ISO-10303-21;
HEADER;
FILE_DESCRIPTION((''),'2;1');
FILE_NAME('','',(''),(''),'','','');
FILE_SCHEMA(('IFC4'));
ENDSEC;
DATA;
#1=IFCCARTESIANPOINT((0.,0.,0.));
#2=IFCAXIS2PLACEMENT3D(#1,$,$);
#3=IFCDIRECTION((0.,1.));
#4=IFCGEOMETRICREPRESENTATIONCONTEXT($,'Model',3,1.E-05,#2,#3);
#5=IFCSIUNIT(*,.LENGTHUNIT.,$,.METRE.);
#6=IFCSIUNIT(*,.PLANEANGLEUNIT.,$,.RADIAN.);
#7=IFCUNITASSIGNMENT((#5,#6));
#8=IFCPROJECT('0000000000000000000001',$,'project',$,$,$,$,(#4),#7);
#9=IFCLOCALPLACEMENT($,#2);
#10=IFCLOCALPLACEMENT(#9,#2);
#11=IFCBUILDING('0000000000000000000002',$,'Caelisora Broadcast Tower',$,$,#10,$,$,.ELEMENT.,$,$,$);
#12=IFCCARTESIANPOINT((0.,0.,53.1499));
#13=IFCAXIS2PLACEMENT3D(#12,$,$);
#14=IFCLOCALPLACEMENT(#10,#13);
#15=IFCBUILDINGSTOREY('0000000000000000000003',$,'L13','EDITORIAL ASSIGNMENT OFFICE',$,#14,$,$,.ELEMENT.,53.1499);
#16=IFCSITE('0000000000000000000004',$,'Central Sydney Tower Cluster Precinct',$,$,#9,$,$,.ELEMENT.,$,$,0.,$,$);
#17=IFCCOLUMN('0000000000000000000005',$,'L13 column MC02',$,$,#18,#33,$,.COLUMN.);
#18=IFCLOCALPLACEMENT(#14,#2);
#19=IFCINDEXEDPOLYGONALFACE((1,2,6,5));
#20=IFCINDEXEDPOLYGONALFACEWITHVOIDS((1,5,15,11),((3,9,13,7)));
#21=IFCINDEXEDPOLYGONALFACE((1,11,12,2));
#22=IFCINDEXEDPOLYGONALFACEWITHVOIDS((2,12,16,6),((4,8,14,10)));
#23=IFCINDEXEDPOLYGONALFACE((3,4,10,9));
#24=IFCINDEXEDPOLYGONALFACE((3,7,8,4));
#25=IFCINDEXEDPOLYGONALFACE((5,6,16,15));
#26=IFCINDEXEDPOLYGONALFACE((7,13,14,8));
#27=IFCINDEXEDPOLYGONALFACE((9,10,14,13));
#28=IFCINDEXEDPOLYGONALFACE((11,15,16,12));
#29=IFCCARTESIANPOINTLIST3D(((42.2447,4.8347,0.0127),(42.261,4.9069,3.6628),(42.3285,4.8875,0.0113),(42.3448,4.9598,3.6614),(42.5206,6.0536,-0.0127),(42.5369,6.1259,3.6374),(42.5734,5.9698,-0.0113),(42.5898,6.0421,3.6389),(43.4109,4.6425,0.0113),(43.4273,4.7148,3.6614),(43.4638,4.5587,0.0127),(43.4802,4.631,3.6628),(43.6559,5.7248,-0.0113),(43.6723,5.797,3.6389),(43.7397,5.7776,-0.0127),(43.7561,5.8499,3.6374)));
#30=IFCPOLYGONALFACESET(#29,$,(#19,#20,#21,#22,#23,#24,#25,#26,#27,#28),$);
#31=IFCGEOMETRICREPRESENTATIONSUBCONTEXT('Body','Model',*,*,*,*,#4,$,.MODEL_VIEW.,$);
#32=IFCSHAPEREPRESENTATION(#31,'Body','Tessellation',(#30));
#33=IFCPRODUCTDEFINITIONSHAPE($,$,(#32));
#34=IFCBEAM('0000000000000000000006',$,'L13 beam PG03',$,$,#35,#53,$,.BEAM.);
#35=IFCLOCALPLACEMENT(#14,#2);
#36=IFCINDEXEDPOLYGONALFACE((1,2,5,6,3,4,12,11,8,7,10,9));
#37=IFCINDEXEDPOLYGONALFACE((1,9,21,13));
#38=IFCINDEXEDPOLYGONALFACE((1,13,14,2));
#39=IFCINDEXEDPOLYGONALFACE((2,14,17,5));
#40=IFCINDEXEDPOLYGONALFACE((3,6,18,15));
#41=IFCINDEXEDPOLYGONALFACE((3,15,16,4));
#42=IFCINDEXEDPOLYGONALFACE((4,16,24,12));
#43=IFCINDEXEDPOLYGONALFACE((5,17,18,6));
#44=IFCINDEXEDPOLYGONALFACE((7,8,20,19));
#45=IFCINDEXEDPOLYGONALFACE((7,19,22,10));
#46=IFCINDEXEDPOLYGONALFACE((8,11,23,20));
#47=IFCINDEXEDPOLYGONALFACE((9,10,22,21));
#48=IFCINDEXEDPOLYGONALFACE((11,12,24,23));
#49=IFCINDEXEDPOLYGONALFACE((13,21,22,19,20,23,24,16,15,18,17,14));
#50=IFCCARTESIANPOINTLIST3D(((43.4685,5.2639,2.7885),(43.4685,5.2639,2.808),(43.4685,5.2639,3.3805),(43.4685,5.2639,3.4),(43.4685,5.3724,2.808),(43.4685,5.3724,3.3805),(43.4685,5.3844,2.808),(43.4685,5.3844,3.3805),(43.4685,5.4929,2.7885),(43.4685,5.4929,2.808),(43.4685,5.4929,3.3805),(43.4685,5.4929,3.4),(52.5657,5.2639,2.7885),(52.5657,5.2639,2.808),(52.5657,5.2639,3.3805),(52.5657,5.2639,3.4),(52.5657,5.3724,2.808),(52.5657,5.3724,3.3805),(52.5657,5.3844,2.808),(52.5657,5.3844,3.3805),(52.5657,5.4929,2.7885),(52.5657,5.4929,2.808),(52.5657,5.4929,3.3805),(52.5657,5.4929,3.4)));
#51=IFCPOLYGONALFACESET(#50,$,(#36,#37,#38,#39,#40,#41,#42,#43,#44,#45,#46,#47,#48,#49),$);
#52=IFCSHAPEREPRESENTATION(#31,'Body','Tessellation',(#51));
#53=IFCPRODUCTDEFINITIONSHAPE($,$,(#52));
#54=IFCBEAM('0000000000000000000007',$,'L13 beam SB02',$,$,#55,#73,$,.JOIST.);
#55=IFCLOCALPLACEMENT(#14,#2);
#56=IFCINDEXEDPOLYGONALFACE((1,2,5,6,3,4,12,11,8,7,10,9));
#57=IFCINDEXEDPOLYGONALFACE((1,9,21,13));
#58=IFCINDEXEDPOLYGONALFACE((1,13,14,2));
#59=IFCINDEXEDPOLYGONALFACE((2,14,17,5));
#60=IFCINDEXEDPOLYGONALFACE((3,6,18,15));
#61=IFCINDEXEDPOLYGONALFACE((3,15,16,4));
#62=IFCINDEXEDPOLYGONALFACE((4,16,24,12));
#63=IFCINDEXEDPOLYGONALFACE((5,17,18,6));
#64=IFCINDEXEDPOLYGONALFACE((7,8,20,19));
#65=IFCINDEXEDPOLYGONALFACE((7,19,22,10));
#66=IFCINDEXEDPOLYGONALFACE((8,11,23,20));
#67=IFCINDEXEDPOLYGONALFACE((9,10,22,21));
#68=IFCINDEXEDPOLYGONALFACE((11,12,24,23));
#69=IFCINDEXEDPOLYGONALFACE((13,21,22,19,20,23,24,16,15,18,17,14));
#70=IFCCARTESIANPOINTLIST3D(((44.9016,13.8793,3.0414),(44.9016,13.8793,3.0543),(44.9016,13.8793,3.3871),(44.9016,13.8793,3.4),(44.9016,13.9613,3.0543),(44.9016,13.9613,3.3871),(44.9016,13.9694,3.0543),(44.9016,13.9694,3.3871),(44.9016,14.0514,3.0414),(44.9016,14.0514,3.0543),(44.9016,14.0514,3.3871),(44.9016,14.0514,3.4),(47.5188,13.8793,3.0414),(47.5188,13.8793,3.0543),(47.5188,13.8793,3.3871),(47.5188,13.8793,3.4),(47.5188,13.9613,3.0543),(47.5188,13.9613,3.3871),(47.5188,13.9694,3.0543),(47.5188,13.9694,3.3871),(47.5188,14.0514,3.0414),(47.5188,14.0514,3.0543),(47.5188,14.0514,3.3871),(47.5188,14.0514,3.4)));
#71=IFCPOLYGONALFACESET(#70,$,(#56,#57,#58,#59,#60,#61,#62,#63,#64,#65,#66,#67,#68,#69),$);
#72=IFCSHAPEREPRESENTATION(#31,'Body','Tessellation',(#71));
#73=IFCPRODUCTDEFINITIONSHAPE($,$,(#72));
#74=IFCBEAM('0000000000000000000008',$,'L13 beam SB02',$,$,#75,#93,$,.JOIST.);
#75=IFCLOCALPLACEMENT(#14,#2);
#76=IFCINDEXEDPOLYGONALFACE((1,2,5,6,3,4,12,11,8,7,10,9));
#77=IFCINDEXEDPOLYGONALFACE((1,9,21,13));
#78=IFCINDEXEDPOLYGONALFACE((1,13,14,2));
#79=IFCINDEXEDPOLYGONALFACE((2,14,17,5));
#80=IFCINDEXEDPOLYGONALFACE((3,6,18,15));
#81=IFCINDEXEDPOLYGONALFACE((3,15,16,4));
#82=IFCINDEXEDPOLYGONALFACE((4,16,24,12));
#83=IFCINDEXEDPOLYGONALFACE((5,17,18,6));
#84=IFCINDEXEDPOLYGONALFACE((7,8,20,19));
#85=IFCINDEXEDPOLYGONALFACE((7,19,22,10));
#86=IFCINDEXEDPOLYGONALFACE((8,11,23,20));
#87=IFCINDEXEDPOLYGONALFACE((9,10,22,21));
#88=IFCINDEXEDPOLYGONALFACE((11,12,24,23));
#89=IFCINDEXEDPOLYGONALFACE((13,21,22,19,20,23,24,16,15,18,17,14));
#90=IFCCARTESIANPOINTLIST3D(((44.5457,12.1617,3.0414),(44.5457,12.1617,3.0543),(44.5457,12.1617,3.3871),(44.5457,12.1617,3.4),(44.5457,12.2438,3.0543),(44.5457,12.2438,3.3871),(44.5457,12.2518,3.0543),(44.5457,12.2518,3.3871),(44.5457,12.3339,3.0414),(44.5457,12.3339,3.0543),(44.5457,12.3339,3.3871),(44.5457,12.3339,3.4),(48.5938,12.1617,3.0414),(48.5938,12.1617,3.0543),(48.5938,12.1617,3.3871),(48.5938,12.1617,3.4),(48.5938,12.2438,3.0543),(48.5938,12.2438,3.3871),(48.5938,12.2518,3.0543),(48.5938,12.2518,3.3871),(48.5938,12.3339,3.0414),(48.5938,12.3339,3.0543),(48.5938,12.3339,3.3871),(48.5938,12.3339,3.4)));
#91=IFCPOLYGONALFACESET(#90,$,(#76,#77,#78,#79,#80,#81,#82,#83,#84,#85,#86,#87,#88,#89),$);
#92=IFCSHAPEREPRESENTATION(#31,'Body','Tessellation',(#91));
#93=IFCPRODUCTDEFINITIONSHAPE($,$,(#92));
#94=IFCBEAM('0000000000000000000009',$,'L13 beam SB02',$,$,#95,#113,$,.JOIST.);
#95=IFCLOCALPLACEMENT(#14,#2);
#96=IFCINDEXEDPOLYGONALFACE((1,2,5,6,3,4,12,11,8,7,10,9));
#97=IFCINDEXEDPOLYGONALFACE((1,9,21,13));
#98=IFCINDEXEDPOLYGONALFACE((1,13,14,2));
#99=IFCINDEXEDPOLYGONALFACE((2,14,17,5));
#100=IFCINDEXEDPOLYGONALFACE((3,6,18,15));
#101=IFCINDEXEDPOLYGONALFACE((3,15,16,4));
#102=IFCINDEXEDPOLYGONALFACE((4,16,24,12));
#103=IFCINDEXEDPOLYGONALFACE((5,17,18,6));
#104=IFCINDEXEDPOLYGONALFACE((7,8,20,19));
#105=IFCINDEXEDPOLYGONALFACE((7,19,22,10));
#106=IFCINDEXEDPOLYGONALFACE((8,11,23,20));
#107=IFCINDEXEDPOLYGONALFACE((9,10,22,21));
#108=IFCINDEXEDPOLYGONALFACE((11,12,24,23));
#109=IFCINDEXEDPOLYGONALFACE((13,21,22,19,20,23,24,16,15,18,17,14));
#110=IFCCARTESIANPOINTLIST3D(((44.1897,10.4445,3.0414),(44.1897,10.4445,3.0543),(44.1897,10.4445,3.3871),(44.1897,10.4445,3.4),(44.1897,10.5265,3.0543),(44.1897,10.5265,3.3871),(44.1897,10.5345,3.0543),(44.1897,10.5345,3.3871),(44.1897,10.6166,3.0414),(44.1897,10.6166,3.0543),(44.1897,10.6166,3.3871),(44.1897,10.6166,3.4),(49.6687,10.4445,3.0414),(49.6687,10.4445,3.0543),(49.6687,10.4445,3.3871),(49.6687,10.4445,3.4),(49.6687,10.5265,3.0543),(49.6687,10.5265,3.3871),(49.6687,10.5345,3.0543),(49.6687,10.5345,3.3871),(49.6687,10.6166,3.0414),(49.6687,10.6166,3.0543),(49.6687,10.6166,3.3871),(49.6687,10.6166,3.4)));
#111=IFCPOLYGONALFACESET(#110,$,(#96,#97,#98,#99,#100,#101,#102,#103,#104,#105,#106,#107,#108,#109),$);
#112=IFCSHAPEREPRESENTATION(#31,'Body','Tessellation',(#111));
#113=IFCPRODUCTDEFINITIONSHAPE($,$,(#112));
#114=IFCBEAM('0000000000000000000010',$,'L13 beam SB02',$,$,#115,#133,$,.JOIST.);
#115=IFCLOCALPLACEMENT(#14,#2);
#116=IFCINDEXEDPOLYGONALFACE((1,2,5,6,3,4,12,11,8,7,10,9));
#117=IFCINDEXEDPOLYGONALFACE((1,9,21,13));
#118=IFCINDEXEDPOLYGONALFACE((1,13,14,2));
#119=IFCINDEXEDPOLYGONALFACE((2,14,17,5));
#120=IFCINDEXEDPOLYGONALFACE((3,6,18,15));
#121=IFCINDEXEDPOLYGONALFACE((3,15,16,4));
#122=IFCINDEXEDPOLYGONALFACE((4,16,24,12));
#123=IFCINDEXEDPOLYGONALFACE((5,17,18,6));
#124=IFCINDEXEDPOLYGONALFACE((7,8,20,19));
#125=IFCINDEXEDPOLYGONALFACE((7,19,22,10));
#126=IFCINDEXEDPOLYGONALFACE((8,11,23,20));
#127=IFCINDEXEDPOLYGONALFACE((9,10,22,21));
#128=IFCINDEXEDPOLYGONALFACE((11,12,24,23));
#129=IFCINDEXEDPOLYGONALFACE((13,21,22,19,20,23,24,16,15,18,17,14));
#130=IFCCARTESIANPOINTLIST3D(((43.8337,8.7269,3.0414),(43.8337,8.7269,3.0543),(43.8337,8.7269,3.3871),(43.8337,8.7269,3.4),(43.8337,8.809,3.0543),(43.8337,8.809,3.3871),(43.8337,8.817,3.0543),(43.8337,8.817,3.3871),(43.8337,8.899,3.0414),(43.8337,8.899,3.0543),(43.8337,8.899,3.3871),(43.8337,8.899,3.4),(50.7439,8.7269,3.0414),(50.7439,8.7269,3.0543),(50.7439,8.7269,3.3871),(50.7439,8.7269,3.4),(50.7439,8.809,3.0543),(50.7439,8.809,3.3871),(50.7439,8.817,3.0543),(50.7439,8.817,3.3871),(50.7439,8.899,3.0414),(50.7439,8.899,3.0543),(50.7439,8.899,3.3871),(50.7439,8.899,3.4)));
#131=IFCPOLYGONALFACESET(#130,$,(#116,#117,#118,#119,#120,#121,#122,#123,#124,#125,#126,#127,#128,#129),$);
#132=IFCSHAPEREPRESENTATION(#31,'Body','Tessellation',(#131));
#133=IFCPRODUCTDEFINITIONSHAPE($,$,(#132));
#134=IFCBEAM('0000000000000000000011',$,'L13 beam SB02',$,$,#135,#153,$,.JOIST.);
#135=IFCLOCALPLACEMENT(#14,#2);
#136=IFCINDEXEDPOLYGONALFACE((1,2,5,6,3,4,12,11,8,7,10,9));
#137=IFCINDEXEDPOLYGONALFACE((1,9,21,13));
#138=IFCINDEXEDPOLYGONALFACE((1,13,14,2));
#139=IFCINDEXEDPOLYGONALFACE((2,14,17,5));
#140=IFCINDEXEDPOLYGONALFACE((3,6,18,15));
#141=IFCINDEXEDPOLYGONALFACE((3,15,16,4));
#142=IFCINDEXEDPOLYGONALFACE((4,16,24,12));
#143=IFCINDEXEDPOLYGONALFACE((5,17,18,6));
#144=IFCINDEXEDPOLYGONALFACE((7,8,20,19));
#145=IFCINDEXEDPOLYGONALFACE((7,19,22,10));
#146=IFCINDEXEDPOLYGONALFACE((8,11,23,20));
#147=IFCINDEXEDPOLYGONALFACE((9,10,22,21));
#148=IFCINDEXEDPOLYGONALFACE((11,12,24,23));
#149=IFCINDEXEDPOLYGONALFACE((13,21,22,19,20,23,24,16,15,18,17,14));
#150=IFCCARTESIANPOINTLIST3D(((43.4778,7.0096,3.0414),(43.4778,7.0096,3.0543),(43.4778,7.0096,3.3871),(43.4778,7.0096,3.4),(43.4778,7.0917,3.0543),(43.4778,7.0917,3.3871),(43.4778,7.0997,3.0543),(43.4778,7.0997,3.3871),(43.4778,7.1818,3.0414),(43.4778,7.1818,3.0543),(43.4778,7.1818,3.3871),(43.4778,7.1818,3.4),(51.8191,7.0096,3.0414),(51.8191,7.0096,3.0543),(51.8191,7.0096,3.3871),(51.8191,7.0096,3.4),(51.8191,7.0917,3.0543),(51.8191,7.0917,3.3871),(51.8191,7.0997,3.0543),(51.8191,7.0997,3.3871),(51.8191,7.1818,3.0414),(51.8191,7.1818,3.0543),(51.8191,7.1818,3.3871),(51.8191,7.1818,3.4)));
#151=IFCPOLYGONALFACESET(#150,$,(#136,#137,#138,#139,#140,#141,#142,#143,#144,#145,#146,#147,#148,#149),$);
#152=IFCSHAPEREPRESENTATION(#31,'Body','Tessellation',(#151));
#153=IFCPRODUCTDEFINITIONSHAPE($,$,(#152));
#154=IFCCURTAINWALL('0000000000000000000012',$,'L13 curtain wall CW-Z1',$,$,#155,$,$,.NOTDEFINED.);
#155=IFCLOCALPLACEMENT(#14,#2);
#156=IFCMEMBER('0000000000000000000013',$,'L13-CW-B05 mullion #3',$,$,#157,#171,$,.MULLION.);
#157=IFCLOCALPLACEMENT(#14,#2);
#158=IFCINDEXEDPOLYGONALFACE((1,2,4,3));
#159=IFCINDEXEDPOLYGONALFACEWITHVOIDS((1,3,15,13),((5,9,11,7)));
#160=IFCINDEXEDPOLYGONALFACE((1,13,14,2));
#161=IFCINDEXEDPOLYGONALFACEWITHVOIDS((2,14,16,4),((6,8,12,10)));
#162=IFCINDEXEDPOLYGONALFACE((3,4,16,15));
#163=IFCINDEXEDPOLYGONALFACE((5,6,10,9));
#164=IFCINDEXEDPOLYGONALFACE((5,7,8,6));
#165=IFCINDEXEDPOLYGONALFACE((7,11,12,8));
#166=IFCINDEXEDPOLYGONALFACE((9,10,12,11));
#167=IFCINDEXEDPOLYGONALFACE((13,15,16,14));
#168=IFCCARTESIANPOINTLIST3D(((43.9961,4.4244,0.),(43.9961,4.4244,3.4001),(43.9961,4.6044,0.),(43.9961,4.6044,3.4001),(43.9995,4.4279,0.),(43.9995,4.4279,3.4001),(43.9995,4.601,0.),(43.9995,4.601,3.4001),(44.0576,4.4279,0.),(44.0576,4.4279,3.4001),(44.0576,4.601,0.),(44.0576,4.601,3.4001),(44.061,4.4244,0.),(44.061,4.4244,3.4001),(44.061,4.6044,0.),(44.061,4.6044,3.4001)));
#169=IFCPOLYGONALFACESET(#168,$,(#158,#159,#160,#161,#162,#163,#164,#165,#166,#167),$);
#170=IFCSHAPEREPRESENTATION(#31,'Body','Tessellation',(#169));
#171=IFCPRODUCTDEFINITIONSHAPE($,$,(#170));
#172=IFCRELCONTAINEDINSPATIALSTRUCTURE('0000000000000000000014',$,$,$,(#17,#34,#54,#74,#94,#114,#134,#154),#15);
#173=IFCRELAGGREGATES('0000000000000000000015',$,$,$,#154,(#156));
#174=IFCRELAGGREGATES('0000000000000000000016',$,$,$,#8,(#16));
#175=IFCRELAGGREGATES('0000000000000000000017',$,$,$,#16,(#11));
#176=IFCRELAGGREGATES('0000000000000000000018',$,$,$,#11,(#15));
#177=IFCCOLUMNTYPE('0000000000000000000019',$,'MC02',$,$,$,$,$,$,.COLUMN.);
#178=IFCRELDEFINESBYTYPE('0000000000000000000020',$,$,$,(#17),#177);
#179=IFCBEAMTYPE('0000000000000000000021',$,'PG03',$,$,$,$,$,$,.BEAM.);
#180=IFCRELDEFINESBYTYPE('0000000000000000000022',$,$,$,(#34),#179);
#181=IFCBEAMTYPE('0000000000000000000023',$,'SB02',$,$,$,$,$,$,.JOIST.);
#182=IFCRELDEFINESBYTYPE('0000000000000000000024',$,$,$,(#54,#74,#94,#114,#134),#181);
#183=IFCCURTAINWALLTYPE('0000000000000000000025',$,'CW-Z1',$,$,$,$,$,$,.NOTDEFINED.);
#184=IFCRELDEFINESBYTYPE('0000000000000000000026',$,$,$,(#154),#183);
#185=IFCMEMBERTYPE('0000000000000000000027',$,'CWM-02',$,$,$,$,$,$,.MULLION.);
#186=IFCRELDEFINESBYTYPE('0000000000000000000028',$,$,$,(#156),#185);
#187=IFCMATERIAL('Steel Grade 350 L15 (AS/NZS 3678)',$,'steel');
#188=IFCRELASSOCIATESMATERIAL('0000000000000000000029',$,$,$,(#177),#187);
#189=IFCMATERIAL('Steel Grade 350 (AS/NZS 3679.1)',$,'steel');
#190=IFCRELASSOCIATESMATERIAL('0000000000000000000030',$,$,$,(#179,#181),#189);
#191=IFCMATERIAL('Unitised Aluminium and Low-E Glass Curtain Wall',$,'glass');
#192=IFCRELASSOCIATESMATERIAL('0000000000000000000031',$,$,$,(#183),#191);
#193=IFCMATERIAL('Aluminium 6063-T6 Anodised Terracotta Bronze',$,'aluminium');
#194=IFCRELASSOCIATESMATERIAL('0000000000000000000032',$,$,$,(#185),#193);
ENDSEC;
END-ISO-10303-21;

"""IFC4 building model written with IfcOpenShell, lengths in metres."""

from ifc_helpers import new_model, si_unit, direction, frame, origin, origin_2d, place, context, subcontext, project, spatial, hollow_rectangle, i_section, extrude, source, transform, mapped, material, material_profile, profile_set, type_object, type_shapes, element, aggregate, save


model = new_model("IFC4")

# Units and contexts
model_context = context("Model", 3, precision=1e-05, world=origin(), true_north=direction((0.0, 1.0)))
body_context = subcontext(model_context, "Body", "Model", "MODEL_VIEW")
ifc_project = project(units=[si_unit("LENGTHUNIT", "METRE"), si_unit("PLANEANGLEUNIT", "RADIAN")], contexts=[model_context])

# Site, building, storey
site_placement = place(None, origin())
site = spatial("IfcSite", under=ifc_project, at=site_placement, Name="Central Sydney Tower Cluster Precinct", CompositionType="ELEMENT", RefElevation=0.0)
building_placement = place(site_placement, origin())
building = spatial("IfcBuilding", under=site, at=building_placement, Name="Caelisora Broadcast Tower", CompositionType="ELEMENT")
storey_placement = place(building_placement, frame((0.0, 0.0, 53.1499)))
storey = spatial("IfcBuildingStorey", under=building, at=storey_placement, Name="L13", Description="EDITORIAL ASSIGNMENT OFFICE", CompositionType="ELEMENT", Elevation=53.1499)

# Column
ifc_material_1 = material(Name="Steel Grade 350 L15 (AS/NZS 3678)", Category="steel")
ifc_material_profile_1 = material_profile(ifc_material_1, hollow_rectangle(XDim=1.25, YDim=1.25, WallThickness=0.0701, at=origin_2d()), Name="Steel Grade 350 L15 (AS/NZS 3678)")
ifc_profile_set_1 = profile_set([ifc_material_profile_1], Name="Steel Grade 350 L15 (AS/NZS 3678)")
column_type = type_object("IfcColumnType", Name="MC02", PredefinedType="COLUMN", material=ifc_profile_set_1)
shared_shape_1 = source(origin(), body_context, "Body", "SweptSolid", [
    extrude(hollow_rectangle(XDim=1.25, YDim=1.25, WallThickness=0.0701, at=origin_2d()), origin(), (0.0, 0.0, 1.0), 3.6509),
])
type_shapes(column_type, [shared_shape_1])
column_placement = place(storey_placement, frame((42.9922, 5.3062, 0.0), z_axis=(0.00448, 0.019794, 0.999794), x_axis=(-0.975327, 0.220767, 0.0)))
element("IfcColumn", 1, at=column_placement, inside=storey, type_object=column_type, Name="L13 column MC02", PredefinedType="COLUMN", context=body_context, shape_type="MappedRepresentation", body=[
    mapped(shared_shape_1, transform((0.0, 0.0, 0.0), scale=1.0)),
])

# Beams
ifc_material_2 = material(Name="Steel Grade 350 (AS/NZS 3679.1)", Category="steel")
ifc_material_profile_2 = material_profile(ifc_material_2, i_section(OverallWidth=0.229, OverallDepth=0.6116, WebThickness=0.012, FlangeThickness=0.0195, at=origin_2d()), Name="Steel Grade 350 (AS/NZS 3679.1)")
ifc_profile_set_2 = profile_set([ifc_material_profile_2], Name="Steel Grade 350 (AS/NZS 3679.1)")
beam_type_1 = type_object("IfcBeamType", Name="PG03", PredefinedType="BEAM", material=ifc_profile_set_2)
shared_shape_2 = source(origin(), body_context, "Body", "SweptSolid", [
    extrude(i_section(OverallWidth=0.229, OverallDepth=0.6116, WebThickness=0.012, FlangeThickness=0.0195, at=origin_2d()), origin(), (0.0, 0.0, 1.0), 9.0972),
])
type_shapes(beam_type_1, [shared_shape_2])
beam_1_placement = place(storey_placement, frame((43.4685, 5.3784, 3.0942), z_axis=(1.0, 0.0, 0.0), x_axis=(0.0, 1.0, 0.0)))
element("IfcBeam", 2, at=beam_1_placement, inside=storey, type_object=beam_type_1, Name="L13 beam PG03", PredefinedType="BEAM", context=body_context, shape_type="MappedRepresentation", body=[
    mapped(shared_shape_2, transform((0.0, 0.0, 0.0), scale=1.0)),
])
ifc_material_profile_3 = material_profile(ifc_material_2, i_section(OverallWidth=0.1721, OverallDepth=0.3586, WebThickness=0.0081, FlangeThickness=0.0129, at=origin_2d()), Name="Steel Grade 350 (AS/NZS 3679.1)")
ifc_profile_set_3 = profile_set([ifc_material_profile_3], Name="Steel Grade 350 (AS/NZS 3679.1)")
beam_type_2 = type_object("IfcBeamType", Name="SB02", PredefinedType="JOIST", material=ifc_profile_set_3)
shared_shape_3 = source(origin(), body_context, "Body", "SweptSolid", [
    extrude(i_section(OverallWidth=0.1721, OverallDepth=0.3586, WebThickness=0.0081, FlangeThickness=0.0129, at=origin_2d()), origin(), (0.0, 0.0, 1.0), 2.6172),
])
beam_2_placement = place(storey_placement, frame((44.9016, 13.9653, 3.2207), z_axis=(1.0, 0.0, 0.0), x_axis=(0.0, 1.0, 0.0)))
element("IfcBeam", 3, at=beam_2_placement, inside=storey, type_object=beam_type_2, Name="L13 beam SB02", PredefinedType="JOIST", context=body_context, shape_type="MappedRepresentation", body=[
    mapped(shared_shape_3, transform((0.0, 0.0, 0.0), scale=1.0)),
])
shared_shape_4 = source(origin(), body_context, "Body", "SweptSolid", [
    extrude(i_section(OverallWidth=0.1721, OverallDepth=0.3586, WebThickness=0.0081, FlangeThickness=0.0129, at=origin_2d()), origin(), (0.0, 0.0, 1.0), 4.0481),
])
beam_3_placement = place(storey_placement, frame((44.5457, 12.2478, 3.2207), z_axis=(1.0, 0.0, 0.0), x_axis=(0.0, 1.0, 0.0)))
element("IfcBeam", 4, at=beam_3_placement, inside=storey, type_object=beam_type_2, Name="L13 beam SB02", PredefinedType="JOIST", context=body_context, shape_type="MappedRepresentation", body=[
    mapped(shared_shape_4, transform((0.0, 0.0, 0.0), scale=1.0)),
])
shared_shape_5 = source(origin(), body_context, "Body", "SweptSolid", [
    extrude(i_section(OverallWidth=0.1721, OverallDepth=0.3586, WebThickness=0.0081, FlangeThickness=0.0129, at=origin_2d()), origin(), (0.0, 0.0, 1.0), 5.479),
])
beam_4_placement = place(storey_placement, frame((44.1897, 10.5305, 3.2207), z_axis=(1.0, 0.0, 0.0), x_axis=(0.0, 1.0, 0.0)))
element("IfcBeam", 5, at=beam_4_placement, inside=storey, type_object=beam_type_2, Name="L13 beam SB02", PredefinedType="JOIST", context=body_context, shape_type="MappedRepresentation", body=[
    mapped(shared_shape_5, transform((0.0, 0.0, 0.0), scale=1.0)),
])
shared_shape_6 = source(origin(), body_context, "Body", "SweptSolid", [
    extrude(i_section(OverallWidth=0.1721, OverallDepth=0.3586, WebThickness=0.0081, FlangeThickness=0.0129, at=origin_2d()), origin(), (0.0, 0.0, 1.0), 6.9102),
])
beam_5_placement = place(storey_placement, frame((43.8337, 8.813, 3.2207), z_axis=(1.0, 0.0, 0.0), x_axis=(0.0, 1.0, 0.0)))
element("IfcBeam", 6, at=beam_5_placement, inside=storey, type_object=beam_type_2, Name="L13 beam SB02", PredefinedType="JOIST", context=body_context, shape_type="MappedRepresentation", body=[
    mapped(shared_shape_6, transform((0.0, 0.0, 0.0), scale=1.0)),
])
shared_shape_7 = source(origin(), body_context, "Body", "SweptSolid", [
    extrude(i_section(OverallWidth=0.1721, OverallDepth=0.3586, WebThickness=0.0081, FlangeThickness=0.0129, at=origin_2d()), origin(), (0.0, 0.0, 1.0), 8.3413),
])
type_shapes(beam_type_2, [shared_shape_3, shared_shape_4, shared_shape_5, shared_shape_6, shared_shape_7])
beam_6_placement = place(storey_placement, frame((43.4778, 7.0957, 3.2207), z_axis=(1.0, 0.0, 0.0), x_axis=(0.0, 1.0, 0.0)))
element("IfcBeam", 7, at=beam_6_placement, inside=storey, type_object=beam_type_2, Name="L13 beam SB02", PredefinedType="JOIST", context=body_context, shape_type="MappedRepresentation", body=[
    mapped(shared_shape_7, transform((0.0, 0.0, 0.0), scale=1.0)),
])

# Curtain wall, member
ifc_material_3 = material(Name="Unitised Aluminium and Low-E Glass Curtain Wall", Category="glass")
curtain_wall_type_1 = type_object("IfcCurtainWallType", Name="CW-Z1", PredefinedType="NOTDEFINED", material=ifc_material_3)
curtain_wall_1_placement = place(storey_placement, origin())
curtain_wall_1 = element("IfcCurtainWall", 8, at=curtain_wall_1_placement, inside=storey, type_object=curtain_wall_type_1, Name="L13 curtain wall CW-Z1", PredefinedType="NOTDEFINED")
ifc_material_4 = material(Name="Aluminium 6063-T6 Anodised Terracotta Bronze", Category="aluminium")
ifc_material_profile_4 = material_profile(ifc_material_4, hollow_rectangle(XDim=0.0649, YDim=0.1799, WallThickness=0.0034, at=origin_2d()), Name="Aluminium 6063-T6 Anodised Terracotta Bronze")
ifc_profile_set_4 = profile_set([ifc_material_profile_4], Name="Aluminium 6063-T6 Anodised Terracotta Bronze")
member_type_1 = type_object("IfcMemberType", Name="CWM-02", PredefinedType="MULLION", material=ifc_profile_set_4)
shared_shape_8 = source(origin(), body_context, "Body", "SweptSolid", [
    extrude(hollow_rectangle(XDim=0.0649, YDim=0.1799, WallThickness=0.0034, at=origin_2d()), origin(), (0.0, 0.0, 1.0), 3.4001),
])
type_shapes(member_type_1, [shared_shape_8])
member_1_placement = place(storey_placement, frame((44.0286, 4.5144, 0.0), z_axis=(0.0, 0.0, 1.0), x_axis=(1.0, 0.0, 0.0)))
member_1 = element("IfcMember", 9, at=member_1_placement, type_object=member_type_1, Name="L13-CW-B05 mullion #3", PredefinedType="MULLION", context=body_context, shape_type="MappedRepresentation", body=[
    mapped(shared_shape_8, transform((0.0, 0.0, 0.0), scale=1.0)),
])
aggregate(curtain_wall_1, [member_1])

save(model, "model.ifc")
